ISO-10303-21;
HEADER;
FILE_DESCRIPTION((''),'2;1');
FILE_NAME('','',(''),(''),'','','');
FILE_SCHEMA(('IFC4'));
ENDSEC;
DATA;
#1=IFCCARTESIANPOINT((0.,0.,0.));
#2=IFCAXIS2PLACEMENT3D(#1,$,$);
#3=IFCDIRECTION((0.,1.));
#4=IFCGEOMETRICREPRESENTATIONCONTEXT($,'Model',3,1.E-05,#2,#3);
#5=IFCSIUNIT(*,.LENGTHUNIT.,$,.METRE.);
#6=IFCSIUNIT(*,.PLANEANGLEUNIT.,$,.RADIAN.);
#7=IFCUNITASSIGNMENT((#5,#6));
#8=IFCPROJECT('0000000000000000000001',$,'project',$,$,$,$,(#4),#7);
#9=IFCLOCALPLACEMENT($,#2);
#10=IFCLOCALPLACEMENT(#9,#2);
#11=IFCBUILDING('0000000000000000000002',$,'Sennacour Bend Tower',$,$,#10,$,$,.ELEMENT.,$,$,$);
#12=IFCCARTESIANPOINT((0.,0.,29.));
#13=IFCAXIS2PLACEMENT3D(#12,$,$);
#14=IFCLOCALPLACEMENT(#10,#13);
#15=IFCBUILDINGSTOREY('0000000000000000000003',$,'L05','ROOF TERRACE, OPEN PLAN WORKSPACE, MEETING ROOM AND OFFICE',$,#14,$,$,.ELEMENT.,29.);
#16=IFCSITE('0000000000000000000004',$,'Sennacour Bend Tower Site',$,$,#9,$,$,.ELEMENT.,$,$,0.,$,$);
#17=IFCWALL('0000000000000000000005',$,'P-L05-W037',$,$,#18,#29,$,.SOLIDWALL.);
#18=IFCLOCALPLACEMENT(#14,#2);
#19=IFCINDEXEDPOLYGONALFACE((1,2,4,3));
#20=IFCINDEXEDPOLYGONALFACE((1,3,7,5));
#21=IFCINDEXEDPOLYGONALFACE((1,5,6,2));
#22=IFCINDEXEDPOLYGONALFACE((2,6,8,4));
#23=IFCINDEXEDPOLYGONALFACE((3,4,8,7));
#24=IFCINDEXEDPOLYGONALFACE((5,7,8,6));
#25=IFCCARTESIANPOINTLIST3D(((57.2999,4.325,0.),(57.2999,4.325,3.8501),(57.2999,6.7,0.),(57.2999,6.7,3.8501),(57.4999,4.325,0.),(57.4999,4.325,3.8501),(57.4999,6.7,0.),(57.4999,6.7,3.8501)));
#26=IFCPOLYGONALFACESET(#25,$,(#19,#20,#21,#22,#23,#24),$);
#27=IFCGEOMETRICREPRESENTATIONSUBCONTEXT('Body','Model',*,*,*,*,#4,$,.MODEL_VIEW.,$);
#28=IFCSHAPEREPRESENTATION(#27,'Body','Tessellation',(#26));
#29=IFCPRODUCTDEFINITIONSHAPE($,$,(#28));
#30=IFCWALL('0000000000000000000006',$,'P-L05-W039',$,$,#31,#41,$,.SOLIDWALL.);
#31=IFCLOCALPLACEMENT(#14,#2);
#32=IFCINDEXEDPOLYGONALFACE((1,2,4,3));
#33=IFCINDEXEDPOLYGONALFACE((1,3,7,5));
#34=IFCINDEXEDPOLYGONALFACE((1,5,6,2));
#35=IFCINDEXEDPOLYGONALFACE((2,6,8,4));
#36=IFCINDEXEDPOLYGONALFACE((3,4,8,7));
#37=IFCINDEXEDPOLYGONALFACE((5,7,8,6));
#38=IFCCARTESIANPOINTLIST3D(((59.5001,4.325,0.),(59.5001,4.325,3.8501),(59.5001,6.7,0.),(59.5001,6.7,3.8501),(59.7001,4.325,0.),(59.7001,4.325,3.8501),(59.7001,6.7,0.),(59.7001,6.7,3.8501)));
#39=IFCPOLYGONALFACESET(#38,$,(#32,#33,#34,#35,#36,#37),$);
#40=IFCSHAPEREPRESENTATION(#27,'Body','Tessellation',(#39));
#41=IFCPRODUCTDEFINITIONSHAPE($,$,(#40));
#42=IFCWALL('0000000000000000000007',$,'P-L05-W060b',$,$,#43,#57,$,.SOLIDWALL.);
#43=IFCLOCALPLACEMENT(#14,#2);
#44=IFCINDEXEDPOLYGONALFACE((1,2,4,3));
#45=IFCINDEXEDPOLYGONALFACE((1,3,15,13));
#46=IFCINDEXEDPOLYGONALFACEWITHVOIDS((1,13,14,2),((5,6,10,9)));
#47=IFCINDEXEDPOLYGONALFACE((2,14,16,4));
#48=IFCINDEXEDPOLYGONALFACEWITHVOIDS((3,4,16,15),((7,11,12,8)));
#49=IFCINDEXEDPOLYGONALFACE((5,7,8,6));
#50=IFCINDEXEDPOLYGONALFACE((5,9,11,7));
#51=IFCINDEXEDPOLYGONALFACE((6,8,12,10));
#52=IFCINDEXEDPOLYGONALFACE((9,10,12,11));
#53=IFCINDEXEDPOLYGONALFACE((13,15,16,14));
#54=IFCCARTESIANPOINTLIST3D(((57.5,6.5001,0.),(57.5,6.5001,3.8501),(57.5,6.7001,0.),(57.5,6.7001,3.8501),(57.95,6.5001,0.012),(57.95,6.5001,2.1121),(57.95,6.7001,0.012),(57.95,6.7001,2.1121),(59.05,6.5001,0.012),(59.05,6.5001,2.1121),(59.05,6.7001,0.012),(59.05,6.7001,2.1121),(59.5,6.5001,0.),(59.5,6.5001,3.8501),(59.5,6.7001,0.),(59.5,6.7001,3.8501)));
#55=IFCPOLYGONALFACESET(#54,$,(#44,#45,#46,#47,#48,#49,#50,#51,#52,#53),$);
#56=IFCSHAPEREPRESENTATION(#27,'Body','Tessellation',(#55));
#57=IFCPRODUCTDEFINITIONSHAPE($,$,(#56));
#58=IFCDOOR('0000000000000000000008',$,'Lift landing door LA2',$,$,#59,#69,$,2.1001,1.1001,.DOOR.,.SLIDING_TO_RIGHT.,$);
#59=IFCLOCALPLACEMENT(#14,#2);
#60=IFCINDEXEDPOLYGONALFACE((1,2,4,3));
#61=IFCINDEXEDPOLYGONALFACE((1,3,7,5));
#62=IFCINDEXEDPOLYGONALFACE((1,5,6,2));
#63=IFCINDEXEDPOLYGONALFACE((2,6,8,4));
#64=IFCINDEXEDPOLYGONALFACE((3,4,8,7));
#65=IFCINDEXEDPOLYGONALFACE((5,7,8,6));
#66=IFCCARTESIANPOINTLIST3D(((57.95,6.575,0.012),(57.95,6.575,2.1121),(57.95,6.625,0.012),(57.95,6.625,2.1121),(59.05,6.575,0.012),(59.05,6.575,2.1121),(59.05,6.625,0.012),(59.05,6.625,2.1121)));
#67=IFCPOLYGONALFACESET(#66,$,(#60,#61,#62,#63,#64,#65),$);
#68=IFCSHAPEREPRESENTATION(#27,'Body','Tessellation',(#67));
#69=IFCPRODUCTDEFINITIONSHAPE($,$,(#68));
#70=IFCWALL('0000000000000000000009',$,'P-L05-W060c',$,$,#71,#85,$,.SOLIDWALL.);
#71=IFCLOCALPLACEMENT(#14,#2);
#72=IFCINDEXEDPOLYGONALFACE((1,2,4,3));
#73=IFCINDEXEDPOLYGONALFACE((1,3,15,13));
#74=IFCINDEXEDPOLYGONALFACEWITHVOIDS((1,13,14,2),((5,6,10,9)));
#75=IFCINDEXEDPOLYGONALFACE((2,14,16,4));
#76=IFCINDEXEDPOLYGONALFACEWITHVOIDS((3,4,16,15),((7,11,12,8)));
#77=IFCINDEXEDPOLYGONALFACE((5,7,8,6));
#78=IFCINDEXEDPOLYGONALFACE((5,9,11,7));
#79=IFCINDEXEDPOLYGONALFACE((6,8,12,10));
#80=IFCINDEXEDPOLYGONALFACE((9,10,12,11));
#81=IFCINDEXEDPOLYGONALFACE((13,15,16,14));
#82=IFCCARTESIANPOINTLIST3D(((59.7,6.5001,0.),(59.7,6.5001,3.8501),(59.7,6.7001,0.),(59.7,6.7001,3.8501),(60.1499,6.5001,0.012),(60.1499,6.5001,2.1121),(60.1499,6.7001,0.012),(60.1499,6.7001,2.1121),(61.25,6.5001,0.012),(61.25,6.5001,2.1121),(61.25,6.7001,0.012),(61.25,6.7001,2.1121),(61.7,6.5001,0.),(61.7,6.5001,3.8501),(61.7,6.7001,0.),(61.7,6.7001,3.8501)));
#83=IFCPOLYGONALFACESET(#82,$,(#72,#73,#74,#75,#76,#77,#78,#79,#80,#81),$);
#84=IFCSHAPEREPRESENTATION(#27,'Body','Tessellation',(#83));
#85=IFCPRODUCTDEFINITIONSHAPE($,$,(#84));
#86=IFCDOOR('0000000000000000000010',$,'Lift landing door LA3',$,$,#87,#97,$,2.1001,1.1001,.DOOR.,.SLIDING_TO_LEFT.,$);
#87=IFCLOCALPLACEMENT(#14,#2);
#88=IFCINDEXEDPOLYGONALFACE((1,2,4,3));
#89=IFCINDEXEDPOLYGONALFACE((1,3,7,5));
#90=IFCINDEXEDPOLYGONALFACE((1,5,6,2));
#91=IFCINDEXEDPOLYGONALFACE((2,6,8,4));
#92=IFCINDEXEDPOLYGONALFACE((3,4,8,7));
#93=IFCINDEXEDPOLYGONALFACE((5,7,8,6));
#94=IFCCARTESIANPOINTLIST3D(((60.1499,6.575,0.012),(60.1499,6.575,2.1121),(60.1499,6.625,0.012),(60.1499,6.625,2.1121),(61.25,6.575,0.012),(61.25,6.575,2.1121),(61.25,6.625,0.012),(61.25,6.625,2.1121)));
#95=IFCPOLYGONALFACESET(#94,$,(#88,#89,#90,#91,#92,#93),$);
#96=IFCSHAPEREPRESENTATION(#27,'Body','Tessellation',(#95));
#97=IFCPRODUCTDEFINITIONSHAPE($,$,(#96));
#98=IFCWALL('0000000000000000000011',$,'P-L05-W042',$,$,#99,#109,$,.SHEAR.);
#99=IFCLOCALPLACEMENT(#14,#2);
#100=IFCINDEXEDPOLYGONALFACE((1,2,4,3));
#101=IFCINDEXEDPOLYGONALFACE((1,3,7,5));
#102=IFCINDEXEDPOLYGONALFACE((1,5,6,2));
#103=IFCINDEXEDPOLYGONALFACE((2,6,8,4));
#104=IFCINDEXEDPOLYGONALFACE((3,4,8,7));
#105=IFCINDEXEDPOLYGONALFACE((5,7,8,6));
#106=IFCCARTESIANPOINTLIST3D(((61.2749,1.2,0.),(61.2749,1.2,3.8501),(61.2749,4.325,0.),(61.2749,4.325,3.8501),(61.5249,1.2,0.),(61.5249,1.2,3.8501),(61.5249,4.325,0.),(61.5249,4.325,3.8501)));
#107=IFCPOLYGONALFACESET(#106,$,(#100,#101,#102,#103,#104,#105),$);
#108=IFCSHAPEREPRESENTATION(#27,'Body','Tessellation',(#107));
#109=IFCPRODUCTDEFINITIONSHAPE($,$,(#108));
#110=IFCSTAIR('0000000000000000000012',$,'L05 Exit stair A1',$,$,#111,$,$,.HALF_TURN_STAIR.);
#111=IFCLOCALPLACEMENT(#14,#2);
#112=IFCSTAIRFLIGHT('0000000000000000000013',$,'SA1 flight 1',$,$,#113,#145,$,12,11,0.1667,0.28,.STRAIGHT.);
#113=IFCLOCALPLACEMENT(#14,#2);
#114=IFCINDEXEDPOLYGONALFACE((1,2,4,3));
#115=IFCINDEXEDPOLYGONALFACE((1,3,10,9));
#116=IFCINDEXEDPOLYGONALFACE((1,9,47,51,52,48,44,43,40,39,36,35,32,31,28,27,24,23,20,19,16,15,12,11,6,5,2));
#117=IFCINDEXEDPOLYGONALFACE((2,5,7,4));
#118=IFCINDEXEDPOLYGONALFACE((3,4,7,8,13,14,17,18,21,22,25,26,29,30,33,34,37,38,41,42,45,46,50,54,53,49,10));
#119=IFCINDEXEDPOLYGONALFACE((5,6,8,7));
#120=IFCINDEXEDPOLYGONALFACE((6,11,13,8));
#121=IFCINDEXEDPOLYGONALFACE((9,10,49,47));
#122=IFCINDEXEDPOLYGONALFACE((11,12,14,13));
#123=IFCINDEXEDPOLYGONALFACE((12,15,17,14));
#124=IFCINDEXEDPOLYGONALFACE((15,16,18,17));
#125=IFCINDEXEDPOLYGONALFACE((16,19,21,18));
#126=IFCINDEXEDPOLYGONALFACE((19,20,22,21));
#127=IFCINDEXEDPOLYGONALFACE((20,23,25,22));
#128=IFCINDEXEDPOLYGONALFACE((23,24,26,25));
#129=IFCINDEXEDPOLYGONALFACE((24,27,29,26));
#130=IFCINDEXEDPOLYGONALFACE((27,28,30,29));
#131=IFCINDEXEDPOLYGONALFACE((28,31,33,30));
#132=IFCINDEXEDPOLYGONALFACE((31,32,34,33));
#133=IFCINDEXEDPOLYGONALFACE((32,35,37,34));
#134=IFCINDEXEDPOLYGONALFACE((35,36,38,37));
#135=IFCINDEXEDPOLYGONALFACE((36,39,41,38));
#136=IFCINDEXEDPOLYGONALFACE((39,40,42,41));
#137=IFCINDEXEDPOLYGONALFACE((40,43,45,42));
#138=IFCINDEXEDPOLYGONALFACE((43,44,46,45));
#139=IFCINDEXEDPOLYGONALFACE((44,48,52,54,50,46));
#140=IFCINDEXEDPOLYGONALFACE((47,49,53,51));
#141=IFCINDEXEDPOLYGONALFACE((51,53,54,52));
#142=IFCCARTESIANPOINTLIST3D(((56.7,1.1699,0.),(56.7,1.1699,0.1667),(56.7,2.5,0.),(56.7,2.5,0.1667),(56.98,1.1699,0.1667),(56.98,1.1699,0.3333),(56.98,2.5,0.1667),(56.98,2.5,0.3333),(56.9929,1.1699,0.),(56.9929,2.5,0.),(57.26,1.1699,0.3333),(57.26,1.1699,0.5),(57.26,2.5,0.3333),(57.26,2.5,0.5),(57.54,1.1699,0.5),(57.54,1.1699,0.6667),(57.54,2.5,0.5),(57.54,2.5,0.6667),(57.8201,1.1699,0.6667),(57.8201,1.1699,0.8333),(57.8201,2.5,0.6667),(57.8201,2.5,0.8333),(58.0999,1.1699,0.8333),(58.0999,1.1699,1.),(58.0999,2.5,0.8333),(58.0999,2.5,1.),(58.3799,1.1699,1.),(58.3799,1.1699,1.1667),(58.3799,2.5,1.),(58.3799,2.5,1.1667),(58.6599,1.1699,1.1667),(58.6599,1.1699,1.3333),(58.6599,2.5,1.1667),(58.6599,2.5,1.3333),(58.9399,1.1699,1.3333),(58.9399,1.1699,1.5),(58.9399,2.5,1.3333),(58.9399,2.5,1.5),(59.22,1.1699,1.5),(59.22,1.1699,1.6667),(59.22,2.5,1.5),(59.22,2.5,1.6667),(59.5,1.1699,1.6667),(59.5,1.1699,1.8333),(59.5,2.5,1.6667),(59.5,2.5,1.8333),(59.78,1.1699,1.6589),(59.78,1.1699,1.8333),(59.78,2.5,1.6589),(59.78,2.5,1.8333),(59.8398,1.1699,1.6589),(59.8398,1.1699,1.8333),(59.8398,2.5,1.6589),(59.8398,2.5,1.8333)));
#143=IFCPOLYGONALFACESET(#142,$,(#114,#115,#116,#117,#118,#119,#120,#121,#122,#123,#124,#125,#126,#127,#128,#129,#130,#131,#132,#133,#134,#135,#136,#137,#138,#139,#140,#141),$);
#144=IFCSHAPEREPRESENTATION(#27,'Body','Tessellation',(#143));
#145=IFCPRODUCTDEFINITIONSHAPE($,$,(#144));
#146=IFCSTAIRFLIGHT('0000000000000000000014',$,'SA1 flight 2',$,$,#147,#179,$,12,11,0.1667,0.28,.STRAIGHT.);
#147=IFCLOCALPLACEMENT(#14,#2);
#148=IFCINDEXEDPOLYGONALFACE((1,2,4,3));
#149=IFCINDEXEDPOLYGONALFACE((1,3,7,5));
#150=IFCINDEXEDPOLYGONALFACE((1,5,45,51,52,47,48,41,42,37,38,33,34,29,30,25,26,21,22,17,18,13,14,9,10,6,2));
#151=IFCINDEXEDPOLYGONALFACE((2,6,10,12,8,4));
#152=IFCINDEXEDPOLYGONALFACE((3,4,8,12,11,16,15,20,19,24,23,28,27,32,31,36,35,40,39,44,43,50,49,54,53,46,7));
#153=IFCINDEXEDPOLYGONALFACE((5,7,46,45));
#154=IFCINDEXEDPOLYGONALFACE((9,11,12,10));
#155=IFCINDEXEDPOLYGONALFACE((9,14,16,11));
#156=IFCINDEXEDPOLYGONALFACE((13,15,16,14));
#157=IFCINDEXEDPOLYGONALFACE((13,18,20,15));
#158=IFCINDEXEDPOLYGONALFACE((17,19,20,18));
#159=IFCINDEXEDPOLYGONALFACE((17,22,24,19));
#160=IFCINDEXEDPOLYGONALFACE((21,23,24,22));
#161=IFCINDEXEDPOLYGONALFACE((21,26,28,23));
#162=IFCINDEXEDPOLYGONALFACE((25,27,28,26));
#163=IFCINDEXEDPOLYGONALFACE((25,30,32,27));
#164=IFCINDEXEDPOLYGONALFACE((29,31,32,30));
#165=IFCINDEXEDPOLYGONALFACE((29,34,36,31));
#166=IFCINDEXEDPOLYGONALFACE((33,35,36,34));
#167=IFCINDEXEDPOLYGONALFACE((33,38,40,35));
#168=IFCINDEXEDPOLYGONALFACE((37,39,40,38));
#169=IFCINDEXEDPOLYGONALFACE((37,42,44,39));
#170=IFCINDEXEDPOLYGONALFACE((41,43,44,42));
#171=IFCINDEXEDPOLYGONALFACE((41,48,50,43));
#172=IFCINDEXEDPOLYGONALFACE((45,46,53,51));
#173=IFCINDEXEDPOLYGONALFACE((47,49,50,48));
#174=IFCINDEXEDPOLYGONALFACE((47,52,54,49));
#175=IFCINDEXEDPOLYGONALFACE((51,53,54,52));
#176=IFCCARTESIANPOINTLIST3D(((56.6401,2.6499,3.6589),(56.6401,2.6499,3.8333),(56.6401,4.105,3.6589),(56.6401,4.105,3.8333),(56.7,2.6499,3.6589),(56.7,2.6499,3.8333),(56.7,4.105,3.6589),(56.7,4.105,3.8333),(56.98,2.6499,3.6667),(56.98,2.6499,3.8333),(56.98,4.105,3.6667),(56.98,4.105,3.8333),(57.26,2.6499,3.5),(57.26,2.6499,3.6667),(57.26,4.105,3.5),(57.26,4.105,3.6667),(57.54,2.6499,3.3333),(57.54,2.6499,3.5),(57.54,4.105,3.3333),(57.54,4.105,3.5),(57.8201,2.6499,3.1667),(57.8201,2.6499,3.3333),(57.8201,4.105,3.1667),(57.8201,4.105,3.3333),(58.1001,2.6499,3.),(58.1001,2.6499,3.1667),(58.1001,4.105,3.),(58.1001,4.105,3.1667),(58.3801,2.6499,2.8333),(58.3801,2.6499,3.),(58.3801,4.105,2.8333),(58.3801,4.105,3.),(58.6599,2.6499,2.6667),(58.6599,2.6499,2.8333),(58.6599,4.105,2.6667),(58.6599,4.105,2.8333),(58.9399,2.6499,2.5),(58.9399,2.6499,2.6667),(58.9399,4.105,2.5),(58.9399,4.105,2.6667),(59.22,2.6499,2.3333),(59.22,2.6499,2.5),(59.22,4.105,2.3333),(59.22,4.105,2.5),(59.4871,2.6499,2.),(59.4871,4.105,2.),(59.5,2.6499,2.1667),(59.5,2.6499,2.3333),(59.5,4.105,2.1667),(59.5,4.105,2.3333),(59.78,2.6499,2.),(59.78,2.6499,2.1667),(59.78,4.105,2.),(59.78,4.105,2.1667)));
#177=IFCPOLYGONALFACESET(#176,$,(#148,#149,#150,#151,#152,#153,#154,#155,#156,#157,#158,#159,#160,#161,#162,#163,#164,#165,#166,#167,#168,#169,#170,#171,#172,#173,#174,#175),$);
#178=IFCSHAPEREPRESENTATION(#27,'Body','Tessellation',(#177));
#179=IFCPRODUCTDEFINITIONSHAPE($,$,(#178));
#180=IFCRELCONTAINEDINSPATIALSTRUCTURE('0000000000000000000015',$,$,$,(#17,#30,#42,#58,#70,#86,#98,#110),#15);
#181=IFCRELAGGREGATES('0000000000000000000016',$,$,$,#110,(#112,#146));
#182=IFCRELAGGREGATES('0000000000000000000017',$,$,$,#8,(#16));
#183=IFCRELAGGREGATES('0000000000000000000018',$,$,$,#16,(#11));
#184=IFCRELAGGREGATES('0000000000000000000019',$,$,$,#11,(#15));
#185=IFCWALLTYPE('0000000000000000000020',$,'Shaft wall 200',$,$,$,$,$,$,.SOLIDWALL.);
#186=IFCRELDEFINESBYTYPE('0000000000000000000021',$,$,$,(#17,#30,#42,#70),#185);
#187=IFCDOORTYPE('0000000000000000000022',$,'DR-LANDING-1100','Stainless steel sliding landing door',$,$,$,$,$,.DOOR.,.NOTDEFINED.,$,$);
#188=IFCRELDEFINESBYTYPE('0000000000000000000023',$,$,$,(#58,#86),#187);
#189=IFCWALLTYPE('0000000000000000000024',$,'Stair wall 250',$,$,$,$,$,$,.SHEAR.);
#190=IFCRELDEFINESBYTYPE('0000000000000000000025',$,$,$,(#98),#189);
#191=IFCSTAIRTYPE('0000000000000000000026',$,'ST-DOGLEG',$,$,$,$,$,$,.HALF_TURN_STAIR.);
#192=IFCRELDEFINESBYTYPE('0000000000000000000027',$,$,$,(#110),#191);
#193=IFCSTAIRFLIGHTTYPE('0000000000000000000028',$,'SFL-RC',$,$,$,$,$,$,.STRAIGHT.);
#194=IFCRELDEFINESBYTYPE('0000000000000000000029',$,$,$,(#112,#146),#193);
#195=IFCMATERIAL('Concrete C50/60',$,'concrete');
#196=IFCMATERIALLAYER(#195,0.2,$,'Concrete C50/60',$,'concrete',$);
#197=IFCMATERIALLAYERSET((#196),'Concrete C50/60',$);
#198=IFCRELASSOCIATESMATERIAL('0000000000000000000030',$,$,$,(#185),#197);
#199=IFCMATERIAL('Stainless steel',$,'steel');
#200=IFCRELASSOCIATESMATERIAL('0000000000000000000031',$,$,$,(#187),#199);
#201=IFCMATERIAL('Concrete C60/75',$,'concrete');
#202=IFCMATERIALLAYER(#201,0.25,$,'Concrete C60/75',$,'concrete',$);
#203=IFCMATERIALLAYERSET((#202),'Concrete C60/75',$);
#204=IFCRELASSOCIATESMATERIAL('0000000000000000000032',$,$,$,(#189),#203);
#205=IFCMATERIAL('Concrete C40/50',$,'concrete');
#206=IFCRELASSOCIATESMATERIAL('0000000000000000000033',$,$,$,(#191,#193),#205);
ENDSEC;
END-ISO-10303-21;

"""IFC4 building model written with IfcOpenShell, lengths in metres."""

from ifc_helpers import new_model, si_unit, direction, frame, frame_2d, origin, place, context, subcontext, project, spatial, polyline, rectangle, outline, extrude, material, layer, layer_set, type_object, element, fill, aggregate, save


model = new_model("IFC4")

# Units and contexts
model_context = context("Model", 3, precision=1e-05, world=origin(), true_north=direction((0.0, 1.0)))
body_context = subcontext(model_context, "Body", "Model", "MODEL_VIEW")
ifc_project = project(units=[si_unit("LENGTHUNIT", "METRE"), si_unit("PLANEANGLEUNIT", "RADIAN")], contexts=[model_context])

# Site, building, storey
site_placement = place(None, origin())
site = spatial("IfcSite", under=ifc_project, at=site_placement, Name="Sennacour Bend Tower Site", CompositionType="ELEMENT", RefElevation=0.0)
building_placement = place(site_placement, origin())
building = spatial("IfcBuilding", under=site, at=building_placement, Name="Sennacour Bend Tower", CompositionType="ELEMENT")
storey_placement = place(building_placement, frame((0.0, 0.0, 29.0)))
storey = spatial("IfcBuildingStorey", under=building, at=storey_placement, Name="L05", Description="ROOF TERRACE, OPEN PLAN WORKSPACE, MEETING ROOM AND OFFICE", CompositionType="ELEMENT", Elevation=29.0)

# Walls
ifc_material_1 = material(Name="Concrete C50/60", Category="concrete")
ifc_layer_1 = layer(ifc_material_1, 0.2, Name="Concrete C50/60", Category="concrete")
ifc_layer_set_1 = layer_set([ifc_layer_1], Name="Concrete C50/60")
wall_type_1 = type_object("IfcWallType", Name="Shaft wall 200", PredefinedType="SOLIDWALL", material=ifc_layer_set_1)
for number, where, z_axis, x_axis, name in (
    (1, (57.3999, 4.325, 0.0), (0.0, 0.0, 1.0), (0.0, 1.0, 0.0), "P-L05-W037"),
    (2, (59.6001, 4.325, 0.0), (0.0, 0.0, 1.0), (0.0, 1.0, 0.0), "P-L05-W039"),
):
    element("IfcWall", number, at=place(storey_placement, frame(where, z_axis=z_axis, x_axis=x_axis)), inside=storey, type_object=wall_type_1, Name=name, PredefinedType="SOLIDWALL", context=body_context, shape_type="SweptSolid", body=[
        extrude(rectangle(XDim=2.375, YDim=0.2, at=frame_2d((1.1875, 0.0))), origin(), (0.0, 0.0, 1.0), 3.8501),
    ])

# Walls, openings, doors
wall_1_placement = place(storey_placement, frame((57.5, 6.6001, 0.0), z_axis=(0.0, 0.0, 1.0), x_axis=(1.0, 0.0, 0.0)))
wall_1 = element("IfcWall", 3, at=wall_1_placement, inside=storey, type_object=wall_type_1, Name="P-L05-W060b", PredefinedType="SOLIDWALL", context=body_context, shape_type="SweptSolid", body=[
    extrude(rectangle(XDim=2.0, YDim=0.2, at=frame_2d((1.0, 0.0))), origin(), (0.0, 0.0, 1.0), 3.8501),
])
opening_1_placement = place(wall_1_placement, frame((0.45, 0.0, 0.012)))
opening_1 = element("IfcOpeningElement", 4, at=opening_1_placement, cuts=wall_1, PredefinedType="OPENING", context=body_context, shape_type="SweptSolid", body=[
    extrude(rectangle(XDim=1.1001, YDim=2.1001, at=frame_2d((0.55, 1.05))), frame((0.0, 0.1099, 0.0), z_axis=(0.0, -1.0, 0.0), x_axis=(1.0, 0.0, 0.0)), (0.0, 0.0, 1.0), 0.22),
])
ifc_material_2 = material(Name="Stainless steel", Category="steel")
door_type = type_object("IfcDoorType", Name="DR-LANDING-1100", Description="Stainless steel sliding landing door", OperationType="NOTDEFINED", PredefinedType="DOOR", material=ifc_material_2)
door_1_placement = place(opening_1_placement, origin())
door_1 = element("IfcDoor", 5, at=door_1_placement, inside=storey, type_object=door_type, Name="Lift landing door LA2", OperationType="SLIDING_TO_RIGHT", OverallHeight=2.1001, OverallWidth=1.1001, PredefinedType="DOOR", context=body_context, shape_type="SweptSolid", body=[
    extrude(rectangle(XDim=1.1001, YDim=2.1001, at=frame_2d((0.55, 1.05))), frame((0.0, 0.0249, 0.0), z_axis=(0.0, -1.0, 0.0), x_axis=(1.0, 0.0, 0.0)), (0.0, 0.0, 1.0), 0.05),
])
fill(opening_1, door_1)
wall_2_placement = place(storey_placement, frame((59.7, 6.6001, 0.0), z_axis=(0.0, 0.0, 1.0), x_axis=(1.0, 0.0, 0.0)))
wall_2 = element("IfcWall", 6, at=wall_2_placement, inside=storey, type_object=wall_type_1, Name="P-L05-W060c", PredefinedType="SOLIDWALL", context=body_context, shape_type="SweptSolid", body=[
    extrude(rectangle(XDim=2.0, YDim=0.2, at=frame_2d((1.0, 0.0))), origin(), (0.0, 0.0, 1.0), 3.8501),
])
opening_2_placement = place(wall_2_placement, frame((0.45, 0.0, 0.012)))
opening_2 = element("IfcOpeningElement", 7, at=opening_2_placement, cuts=wall_2, PredefinedType="OPENING", context=body_context, shape_type="SweptSolid", body=[
    extrude(rectangle(XDim=1.1001, YDim=2.1001, at=frame_2d((0.55, 1.05))), frame((0.0, 0.1099, 0.0), z_axis=(0.0, -1.0, 0.0), x_axis=(1.0, 0.0, 0.0)), (0.0, 0.0, 1.0), 0.22),
])
door_2_placement = place(opening_2_placement, origin())
door_2 = element("IfcDoor", 8, at=door_2_placement, inside=storey, type_object=door_type, Name="Lift landing door LA3", OperationType="SLIDING_TO_LEFT", OverallHeight=2.1001, OverallWidth=1.1001, PredefinedType="DOOR", context=body_context, shape_type="SweptSolid", body=[
    extrude(rectangle(XDim=1.1001, YDim=2.1001, at=frame_2d((0.55, 1.05))), frame((0.0, 0.0249, 0.0), z_axis=(0.0, -1.0, 0.0), x_axis=(1.0, 0.0, 0.0)), (0.0, 0.0, 1.0), 0.05),
])
fill(opening_2, door_2)

# Wall
ifc_material_3 = material(Name="Concrete C60/75", Category="concrete")
ifc_layer_2 = layer(ifc_material_3, 0.25, Name="Concrete C60/75", Category="concrete")
ifc_layer_set_2 = layer_set([ifc_layer_2], Name="Concrete C60/75")
wall_type_2 = type_object("IfcWallType", Name="Stair wall 250", PredefinedType="SHEAR", material=ifc_layer_set_2)
wall_3_placement = place(storey_placement, frame((61.3999, 1.2, 0.0), z_axis=(0.0, 0.0, 1.0), x_axis=(0.0, 1.0, 0.0)))
element("IfcWall", 9, at=wall_3_placement, inside=storey, type_object=wall_type_2, Name="P-L05-W042", PredefinedType="SHEAR", context=body_context, shape_type="SweptSolid", body=[
    extrude(rectangle(XDim=3.125, YDim=0.25, at=frame_2d((1.5625, 0.0))), origin(), (0.0, 0.0, 1.0), 3.8501),
])

# Stair, stair flights
ifc_material_4 = material(Name="Concrete C40/50", Category="concrete")
stair_type = type_object("IfcStairType", Name="ST-DOGLEG", PredefinedType="HALF_TURN_STAIR", material=ifc_material_4)
stair_placement = place(storey_placement, origin())
stair = element("IfcStair", 10, at=stair_placement, inside=storey, type_object=stair_type, Name="L05 Exit stair A1", PredefinedType="HALF_TURN_STAIR")
stair_flight_type = type_object("IfcStairFlightType", Name="SFL-RC", PredefinedType="STRAIGHT", material=ifc_material_4)
stair_flight_1_placement = place(storey_placement, frame((56.7, 1.835, 0.0), z_axis=(0.0, 0.0, 1.0), x_axis=(1.0, 0.0, 0.0)))
stair_flight_1 = element("IfcStairFlight", 11, at=stair_flight_1_placement, type_object=stair_flight_type, Name="SA1 flight 1", NumberOfRisers=12, NumberOfTreads=11, PredefinedType="STRAIGHT", RiserHeight=0.1667, TreadLength=0.28, context=body_context, shape_type="SweptSolid", body=[
    extrude(outline(polyline([(0.0, 0.0), (0.0, 0.1667), (0.28, 0.1667), (0.28, 0.3333), (0.5601, 0.3333), (0.5601, 0.5), (0.8401, 0.5), (0.8401, 0.6667), (1.1201, 0.6667), (1.1201, 0.8333), (1.3999, 0.8333), (1.3999, 1.0), (1.6799, 1.0), (1.6799, 1.1667), (1.96, 1.1667), (1.96, 1.3333), (2.24, 1.3333), (2.24, 1.5), (2.52, 1.5), (2.52, 1.6667), (2.8, 1.6667), (2.8, 1.8333), (3.0801, 1.8333), (3.1399, 1.8333), (3.1399, 1.6589), (3.0801, 1.6589), (0.293, 0.0), (0.0, 0.0)])), frame((0.0, 0.665, 0.0), z_axis=(0.0, -1.0, 0.0), x_axis=(1.0, 0.0, 0.0)), (0.0, 0.0, 1.0), 1.3301),
])
stair_flight_2_placement = place(storey_placement, frame((59.78, 3.3774, 2.0), z_axis=(0.0, 0.0, 1.0), x_axis=(-1.0, 0.0, 0.0)))
stair_flight_2 = element("IfcStairFlight", 12, at=stair_flight_2_placement, type_object=stair_flight_type, Name="SA1 flight 2", NumberOfRisers=12, NumberOfTreads=11, PredefinedType="STRAIGHT", RiserHeight=0.1667, TreadLength=0.28, context=body_context, shape_type="SweptSolid", body=[
    extrude(outline(polyline([(0.0, 0.0), (0.0, 0.1667), (0.28, 0.1667), (0.28, 0.3333), (0.5601, 0.3333), (0.5601, 0.5), (0.8401, 0.5), (0.8401, 0.6667), (1.1201, 0.6667), (1.1201, 0.8333), (1.3999, 0.8333), (1.3999, 1.0), (1.6799, 1.0), (1.6799, 1.1667), (1.96, 1.1667), (1.96, 1.3333), (2.24, 1.3333), (2.24, 1.5), (2.52, 1.5), (2.52, 1.6667), (2.8, 1.6667), (2.8, 1.8333), (3.0801, 1.8333), (3.1399, 1.8333), (3.1399, 1.6589), (3.0801, 1.6589), (0.293, 0.0), (0.0, 0.0)])), frame((0.0, 0.7275, 0.0), z_axis=(0.0, -1.0, 0.0), x_axis=(1.0, 0.0, 0.0)), (0.0, 0.0, 1.0), 1.4551),
])
aggregate(stair, [stair_flight_1, stair_flight_2])

save(model, "model.ifc")
